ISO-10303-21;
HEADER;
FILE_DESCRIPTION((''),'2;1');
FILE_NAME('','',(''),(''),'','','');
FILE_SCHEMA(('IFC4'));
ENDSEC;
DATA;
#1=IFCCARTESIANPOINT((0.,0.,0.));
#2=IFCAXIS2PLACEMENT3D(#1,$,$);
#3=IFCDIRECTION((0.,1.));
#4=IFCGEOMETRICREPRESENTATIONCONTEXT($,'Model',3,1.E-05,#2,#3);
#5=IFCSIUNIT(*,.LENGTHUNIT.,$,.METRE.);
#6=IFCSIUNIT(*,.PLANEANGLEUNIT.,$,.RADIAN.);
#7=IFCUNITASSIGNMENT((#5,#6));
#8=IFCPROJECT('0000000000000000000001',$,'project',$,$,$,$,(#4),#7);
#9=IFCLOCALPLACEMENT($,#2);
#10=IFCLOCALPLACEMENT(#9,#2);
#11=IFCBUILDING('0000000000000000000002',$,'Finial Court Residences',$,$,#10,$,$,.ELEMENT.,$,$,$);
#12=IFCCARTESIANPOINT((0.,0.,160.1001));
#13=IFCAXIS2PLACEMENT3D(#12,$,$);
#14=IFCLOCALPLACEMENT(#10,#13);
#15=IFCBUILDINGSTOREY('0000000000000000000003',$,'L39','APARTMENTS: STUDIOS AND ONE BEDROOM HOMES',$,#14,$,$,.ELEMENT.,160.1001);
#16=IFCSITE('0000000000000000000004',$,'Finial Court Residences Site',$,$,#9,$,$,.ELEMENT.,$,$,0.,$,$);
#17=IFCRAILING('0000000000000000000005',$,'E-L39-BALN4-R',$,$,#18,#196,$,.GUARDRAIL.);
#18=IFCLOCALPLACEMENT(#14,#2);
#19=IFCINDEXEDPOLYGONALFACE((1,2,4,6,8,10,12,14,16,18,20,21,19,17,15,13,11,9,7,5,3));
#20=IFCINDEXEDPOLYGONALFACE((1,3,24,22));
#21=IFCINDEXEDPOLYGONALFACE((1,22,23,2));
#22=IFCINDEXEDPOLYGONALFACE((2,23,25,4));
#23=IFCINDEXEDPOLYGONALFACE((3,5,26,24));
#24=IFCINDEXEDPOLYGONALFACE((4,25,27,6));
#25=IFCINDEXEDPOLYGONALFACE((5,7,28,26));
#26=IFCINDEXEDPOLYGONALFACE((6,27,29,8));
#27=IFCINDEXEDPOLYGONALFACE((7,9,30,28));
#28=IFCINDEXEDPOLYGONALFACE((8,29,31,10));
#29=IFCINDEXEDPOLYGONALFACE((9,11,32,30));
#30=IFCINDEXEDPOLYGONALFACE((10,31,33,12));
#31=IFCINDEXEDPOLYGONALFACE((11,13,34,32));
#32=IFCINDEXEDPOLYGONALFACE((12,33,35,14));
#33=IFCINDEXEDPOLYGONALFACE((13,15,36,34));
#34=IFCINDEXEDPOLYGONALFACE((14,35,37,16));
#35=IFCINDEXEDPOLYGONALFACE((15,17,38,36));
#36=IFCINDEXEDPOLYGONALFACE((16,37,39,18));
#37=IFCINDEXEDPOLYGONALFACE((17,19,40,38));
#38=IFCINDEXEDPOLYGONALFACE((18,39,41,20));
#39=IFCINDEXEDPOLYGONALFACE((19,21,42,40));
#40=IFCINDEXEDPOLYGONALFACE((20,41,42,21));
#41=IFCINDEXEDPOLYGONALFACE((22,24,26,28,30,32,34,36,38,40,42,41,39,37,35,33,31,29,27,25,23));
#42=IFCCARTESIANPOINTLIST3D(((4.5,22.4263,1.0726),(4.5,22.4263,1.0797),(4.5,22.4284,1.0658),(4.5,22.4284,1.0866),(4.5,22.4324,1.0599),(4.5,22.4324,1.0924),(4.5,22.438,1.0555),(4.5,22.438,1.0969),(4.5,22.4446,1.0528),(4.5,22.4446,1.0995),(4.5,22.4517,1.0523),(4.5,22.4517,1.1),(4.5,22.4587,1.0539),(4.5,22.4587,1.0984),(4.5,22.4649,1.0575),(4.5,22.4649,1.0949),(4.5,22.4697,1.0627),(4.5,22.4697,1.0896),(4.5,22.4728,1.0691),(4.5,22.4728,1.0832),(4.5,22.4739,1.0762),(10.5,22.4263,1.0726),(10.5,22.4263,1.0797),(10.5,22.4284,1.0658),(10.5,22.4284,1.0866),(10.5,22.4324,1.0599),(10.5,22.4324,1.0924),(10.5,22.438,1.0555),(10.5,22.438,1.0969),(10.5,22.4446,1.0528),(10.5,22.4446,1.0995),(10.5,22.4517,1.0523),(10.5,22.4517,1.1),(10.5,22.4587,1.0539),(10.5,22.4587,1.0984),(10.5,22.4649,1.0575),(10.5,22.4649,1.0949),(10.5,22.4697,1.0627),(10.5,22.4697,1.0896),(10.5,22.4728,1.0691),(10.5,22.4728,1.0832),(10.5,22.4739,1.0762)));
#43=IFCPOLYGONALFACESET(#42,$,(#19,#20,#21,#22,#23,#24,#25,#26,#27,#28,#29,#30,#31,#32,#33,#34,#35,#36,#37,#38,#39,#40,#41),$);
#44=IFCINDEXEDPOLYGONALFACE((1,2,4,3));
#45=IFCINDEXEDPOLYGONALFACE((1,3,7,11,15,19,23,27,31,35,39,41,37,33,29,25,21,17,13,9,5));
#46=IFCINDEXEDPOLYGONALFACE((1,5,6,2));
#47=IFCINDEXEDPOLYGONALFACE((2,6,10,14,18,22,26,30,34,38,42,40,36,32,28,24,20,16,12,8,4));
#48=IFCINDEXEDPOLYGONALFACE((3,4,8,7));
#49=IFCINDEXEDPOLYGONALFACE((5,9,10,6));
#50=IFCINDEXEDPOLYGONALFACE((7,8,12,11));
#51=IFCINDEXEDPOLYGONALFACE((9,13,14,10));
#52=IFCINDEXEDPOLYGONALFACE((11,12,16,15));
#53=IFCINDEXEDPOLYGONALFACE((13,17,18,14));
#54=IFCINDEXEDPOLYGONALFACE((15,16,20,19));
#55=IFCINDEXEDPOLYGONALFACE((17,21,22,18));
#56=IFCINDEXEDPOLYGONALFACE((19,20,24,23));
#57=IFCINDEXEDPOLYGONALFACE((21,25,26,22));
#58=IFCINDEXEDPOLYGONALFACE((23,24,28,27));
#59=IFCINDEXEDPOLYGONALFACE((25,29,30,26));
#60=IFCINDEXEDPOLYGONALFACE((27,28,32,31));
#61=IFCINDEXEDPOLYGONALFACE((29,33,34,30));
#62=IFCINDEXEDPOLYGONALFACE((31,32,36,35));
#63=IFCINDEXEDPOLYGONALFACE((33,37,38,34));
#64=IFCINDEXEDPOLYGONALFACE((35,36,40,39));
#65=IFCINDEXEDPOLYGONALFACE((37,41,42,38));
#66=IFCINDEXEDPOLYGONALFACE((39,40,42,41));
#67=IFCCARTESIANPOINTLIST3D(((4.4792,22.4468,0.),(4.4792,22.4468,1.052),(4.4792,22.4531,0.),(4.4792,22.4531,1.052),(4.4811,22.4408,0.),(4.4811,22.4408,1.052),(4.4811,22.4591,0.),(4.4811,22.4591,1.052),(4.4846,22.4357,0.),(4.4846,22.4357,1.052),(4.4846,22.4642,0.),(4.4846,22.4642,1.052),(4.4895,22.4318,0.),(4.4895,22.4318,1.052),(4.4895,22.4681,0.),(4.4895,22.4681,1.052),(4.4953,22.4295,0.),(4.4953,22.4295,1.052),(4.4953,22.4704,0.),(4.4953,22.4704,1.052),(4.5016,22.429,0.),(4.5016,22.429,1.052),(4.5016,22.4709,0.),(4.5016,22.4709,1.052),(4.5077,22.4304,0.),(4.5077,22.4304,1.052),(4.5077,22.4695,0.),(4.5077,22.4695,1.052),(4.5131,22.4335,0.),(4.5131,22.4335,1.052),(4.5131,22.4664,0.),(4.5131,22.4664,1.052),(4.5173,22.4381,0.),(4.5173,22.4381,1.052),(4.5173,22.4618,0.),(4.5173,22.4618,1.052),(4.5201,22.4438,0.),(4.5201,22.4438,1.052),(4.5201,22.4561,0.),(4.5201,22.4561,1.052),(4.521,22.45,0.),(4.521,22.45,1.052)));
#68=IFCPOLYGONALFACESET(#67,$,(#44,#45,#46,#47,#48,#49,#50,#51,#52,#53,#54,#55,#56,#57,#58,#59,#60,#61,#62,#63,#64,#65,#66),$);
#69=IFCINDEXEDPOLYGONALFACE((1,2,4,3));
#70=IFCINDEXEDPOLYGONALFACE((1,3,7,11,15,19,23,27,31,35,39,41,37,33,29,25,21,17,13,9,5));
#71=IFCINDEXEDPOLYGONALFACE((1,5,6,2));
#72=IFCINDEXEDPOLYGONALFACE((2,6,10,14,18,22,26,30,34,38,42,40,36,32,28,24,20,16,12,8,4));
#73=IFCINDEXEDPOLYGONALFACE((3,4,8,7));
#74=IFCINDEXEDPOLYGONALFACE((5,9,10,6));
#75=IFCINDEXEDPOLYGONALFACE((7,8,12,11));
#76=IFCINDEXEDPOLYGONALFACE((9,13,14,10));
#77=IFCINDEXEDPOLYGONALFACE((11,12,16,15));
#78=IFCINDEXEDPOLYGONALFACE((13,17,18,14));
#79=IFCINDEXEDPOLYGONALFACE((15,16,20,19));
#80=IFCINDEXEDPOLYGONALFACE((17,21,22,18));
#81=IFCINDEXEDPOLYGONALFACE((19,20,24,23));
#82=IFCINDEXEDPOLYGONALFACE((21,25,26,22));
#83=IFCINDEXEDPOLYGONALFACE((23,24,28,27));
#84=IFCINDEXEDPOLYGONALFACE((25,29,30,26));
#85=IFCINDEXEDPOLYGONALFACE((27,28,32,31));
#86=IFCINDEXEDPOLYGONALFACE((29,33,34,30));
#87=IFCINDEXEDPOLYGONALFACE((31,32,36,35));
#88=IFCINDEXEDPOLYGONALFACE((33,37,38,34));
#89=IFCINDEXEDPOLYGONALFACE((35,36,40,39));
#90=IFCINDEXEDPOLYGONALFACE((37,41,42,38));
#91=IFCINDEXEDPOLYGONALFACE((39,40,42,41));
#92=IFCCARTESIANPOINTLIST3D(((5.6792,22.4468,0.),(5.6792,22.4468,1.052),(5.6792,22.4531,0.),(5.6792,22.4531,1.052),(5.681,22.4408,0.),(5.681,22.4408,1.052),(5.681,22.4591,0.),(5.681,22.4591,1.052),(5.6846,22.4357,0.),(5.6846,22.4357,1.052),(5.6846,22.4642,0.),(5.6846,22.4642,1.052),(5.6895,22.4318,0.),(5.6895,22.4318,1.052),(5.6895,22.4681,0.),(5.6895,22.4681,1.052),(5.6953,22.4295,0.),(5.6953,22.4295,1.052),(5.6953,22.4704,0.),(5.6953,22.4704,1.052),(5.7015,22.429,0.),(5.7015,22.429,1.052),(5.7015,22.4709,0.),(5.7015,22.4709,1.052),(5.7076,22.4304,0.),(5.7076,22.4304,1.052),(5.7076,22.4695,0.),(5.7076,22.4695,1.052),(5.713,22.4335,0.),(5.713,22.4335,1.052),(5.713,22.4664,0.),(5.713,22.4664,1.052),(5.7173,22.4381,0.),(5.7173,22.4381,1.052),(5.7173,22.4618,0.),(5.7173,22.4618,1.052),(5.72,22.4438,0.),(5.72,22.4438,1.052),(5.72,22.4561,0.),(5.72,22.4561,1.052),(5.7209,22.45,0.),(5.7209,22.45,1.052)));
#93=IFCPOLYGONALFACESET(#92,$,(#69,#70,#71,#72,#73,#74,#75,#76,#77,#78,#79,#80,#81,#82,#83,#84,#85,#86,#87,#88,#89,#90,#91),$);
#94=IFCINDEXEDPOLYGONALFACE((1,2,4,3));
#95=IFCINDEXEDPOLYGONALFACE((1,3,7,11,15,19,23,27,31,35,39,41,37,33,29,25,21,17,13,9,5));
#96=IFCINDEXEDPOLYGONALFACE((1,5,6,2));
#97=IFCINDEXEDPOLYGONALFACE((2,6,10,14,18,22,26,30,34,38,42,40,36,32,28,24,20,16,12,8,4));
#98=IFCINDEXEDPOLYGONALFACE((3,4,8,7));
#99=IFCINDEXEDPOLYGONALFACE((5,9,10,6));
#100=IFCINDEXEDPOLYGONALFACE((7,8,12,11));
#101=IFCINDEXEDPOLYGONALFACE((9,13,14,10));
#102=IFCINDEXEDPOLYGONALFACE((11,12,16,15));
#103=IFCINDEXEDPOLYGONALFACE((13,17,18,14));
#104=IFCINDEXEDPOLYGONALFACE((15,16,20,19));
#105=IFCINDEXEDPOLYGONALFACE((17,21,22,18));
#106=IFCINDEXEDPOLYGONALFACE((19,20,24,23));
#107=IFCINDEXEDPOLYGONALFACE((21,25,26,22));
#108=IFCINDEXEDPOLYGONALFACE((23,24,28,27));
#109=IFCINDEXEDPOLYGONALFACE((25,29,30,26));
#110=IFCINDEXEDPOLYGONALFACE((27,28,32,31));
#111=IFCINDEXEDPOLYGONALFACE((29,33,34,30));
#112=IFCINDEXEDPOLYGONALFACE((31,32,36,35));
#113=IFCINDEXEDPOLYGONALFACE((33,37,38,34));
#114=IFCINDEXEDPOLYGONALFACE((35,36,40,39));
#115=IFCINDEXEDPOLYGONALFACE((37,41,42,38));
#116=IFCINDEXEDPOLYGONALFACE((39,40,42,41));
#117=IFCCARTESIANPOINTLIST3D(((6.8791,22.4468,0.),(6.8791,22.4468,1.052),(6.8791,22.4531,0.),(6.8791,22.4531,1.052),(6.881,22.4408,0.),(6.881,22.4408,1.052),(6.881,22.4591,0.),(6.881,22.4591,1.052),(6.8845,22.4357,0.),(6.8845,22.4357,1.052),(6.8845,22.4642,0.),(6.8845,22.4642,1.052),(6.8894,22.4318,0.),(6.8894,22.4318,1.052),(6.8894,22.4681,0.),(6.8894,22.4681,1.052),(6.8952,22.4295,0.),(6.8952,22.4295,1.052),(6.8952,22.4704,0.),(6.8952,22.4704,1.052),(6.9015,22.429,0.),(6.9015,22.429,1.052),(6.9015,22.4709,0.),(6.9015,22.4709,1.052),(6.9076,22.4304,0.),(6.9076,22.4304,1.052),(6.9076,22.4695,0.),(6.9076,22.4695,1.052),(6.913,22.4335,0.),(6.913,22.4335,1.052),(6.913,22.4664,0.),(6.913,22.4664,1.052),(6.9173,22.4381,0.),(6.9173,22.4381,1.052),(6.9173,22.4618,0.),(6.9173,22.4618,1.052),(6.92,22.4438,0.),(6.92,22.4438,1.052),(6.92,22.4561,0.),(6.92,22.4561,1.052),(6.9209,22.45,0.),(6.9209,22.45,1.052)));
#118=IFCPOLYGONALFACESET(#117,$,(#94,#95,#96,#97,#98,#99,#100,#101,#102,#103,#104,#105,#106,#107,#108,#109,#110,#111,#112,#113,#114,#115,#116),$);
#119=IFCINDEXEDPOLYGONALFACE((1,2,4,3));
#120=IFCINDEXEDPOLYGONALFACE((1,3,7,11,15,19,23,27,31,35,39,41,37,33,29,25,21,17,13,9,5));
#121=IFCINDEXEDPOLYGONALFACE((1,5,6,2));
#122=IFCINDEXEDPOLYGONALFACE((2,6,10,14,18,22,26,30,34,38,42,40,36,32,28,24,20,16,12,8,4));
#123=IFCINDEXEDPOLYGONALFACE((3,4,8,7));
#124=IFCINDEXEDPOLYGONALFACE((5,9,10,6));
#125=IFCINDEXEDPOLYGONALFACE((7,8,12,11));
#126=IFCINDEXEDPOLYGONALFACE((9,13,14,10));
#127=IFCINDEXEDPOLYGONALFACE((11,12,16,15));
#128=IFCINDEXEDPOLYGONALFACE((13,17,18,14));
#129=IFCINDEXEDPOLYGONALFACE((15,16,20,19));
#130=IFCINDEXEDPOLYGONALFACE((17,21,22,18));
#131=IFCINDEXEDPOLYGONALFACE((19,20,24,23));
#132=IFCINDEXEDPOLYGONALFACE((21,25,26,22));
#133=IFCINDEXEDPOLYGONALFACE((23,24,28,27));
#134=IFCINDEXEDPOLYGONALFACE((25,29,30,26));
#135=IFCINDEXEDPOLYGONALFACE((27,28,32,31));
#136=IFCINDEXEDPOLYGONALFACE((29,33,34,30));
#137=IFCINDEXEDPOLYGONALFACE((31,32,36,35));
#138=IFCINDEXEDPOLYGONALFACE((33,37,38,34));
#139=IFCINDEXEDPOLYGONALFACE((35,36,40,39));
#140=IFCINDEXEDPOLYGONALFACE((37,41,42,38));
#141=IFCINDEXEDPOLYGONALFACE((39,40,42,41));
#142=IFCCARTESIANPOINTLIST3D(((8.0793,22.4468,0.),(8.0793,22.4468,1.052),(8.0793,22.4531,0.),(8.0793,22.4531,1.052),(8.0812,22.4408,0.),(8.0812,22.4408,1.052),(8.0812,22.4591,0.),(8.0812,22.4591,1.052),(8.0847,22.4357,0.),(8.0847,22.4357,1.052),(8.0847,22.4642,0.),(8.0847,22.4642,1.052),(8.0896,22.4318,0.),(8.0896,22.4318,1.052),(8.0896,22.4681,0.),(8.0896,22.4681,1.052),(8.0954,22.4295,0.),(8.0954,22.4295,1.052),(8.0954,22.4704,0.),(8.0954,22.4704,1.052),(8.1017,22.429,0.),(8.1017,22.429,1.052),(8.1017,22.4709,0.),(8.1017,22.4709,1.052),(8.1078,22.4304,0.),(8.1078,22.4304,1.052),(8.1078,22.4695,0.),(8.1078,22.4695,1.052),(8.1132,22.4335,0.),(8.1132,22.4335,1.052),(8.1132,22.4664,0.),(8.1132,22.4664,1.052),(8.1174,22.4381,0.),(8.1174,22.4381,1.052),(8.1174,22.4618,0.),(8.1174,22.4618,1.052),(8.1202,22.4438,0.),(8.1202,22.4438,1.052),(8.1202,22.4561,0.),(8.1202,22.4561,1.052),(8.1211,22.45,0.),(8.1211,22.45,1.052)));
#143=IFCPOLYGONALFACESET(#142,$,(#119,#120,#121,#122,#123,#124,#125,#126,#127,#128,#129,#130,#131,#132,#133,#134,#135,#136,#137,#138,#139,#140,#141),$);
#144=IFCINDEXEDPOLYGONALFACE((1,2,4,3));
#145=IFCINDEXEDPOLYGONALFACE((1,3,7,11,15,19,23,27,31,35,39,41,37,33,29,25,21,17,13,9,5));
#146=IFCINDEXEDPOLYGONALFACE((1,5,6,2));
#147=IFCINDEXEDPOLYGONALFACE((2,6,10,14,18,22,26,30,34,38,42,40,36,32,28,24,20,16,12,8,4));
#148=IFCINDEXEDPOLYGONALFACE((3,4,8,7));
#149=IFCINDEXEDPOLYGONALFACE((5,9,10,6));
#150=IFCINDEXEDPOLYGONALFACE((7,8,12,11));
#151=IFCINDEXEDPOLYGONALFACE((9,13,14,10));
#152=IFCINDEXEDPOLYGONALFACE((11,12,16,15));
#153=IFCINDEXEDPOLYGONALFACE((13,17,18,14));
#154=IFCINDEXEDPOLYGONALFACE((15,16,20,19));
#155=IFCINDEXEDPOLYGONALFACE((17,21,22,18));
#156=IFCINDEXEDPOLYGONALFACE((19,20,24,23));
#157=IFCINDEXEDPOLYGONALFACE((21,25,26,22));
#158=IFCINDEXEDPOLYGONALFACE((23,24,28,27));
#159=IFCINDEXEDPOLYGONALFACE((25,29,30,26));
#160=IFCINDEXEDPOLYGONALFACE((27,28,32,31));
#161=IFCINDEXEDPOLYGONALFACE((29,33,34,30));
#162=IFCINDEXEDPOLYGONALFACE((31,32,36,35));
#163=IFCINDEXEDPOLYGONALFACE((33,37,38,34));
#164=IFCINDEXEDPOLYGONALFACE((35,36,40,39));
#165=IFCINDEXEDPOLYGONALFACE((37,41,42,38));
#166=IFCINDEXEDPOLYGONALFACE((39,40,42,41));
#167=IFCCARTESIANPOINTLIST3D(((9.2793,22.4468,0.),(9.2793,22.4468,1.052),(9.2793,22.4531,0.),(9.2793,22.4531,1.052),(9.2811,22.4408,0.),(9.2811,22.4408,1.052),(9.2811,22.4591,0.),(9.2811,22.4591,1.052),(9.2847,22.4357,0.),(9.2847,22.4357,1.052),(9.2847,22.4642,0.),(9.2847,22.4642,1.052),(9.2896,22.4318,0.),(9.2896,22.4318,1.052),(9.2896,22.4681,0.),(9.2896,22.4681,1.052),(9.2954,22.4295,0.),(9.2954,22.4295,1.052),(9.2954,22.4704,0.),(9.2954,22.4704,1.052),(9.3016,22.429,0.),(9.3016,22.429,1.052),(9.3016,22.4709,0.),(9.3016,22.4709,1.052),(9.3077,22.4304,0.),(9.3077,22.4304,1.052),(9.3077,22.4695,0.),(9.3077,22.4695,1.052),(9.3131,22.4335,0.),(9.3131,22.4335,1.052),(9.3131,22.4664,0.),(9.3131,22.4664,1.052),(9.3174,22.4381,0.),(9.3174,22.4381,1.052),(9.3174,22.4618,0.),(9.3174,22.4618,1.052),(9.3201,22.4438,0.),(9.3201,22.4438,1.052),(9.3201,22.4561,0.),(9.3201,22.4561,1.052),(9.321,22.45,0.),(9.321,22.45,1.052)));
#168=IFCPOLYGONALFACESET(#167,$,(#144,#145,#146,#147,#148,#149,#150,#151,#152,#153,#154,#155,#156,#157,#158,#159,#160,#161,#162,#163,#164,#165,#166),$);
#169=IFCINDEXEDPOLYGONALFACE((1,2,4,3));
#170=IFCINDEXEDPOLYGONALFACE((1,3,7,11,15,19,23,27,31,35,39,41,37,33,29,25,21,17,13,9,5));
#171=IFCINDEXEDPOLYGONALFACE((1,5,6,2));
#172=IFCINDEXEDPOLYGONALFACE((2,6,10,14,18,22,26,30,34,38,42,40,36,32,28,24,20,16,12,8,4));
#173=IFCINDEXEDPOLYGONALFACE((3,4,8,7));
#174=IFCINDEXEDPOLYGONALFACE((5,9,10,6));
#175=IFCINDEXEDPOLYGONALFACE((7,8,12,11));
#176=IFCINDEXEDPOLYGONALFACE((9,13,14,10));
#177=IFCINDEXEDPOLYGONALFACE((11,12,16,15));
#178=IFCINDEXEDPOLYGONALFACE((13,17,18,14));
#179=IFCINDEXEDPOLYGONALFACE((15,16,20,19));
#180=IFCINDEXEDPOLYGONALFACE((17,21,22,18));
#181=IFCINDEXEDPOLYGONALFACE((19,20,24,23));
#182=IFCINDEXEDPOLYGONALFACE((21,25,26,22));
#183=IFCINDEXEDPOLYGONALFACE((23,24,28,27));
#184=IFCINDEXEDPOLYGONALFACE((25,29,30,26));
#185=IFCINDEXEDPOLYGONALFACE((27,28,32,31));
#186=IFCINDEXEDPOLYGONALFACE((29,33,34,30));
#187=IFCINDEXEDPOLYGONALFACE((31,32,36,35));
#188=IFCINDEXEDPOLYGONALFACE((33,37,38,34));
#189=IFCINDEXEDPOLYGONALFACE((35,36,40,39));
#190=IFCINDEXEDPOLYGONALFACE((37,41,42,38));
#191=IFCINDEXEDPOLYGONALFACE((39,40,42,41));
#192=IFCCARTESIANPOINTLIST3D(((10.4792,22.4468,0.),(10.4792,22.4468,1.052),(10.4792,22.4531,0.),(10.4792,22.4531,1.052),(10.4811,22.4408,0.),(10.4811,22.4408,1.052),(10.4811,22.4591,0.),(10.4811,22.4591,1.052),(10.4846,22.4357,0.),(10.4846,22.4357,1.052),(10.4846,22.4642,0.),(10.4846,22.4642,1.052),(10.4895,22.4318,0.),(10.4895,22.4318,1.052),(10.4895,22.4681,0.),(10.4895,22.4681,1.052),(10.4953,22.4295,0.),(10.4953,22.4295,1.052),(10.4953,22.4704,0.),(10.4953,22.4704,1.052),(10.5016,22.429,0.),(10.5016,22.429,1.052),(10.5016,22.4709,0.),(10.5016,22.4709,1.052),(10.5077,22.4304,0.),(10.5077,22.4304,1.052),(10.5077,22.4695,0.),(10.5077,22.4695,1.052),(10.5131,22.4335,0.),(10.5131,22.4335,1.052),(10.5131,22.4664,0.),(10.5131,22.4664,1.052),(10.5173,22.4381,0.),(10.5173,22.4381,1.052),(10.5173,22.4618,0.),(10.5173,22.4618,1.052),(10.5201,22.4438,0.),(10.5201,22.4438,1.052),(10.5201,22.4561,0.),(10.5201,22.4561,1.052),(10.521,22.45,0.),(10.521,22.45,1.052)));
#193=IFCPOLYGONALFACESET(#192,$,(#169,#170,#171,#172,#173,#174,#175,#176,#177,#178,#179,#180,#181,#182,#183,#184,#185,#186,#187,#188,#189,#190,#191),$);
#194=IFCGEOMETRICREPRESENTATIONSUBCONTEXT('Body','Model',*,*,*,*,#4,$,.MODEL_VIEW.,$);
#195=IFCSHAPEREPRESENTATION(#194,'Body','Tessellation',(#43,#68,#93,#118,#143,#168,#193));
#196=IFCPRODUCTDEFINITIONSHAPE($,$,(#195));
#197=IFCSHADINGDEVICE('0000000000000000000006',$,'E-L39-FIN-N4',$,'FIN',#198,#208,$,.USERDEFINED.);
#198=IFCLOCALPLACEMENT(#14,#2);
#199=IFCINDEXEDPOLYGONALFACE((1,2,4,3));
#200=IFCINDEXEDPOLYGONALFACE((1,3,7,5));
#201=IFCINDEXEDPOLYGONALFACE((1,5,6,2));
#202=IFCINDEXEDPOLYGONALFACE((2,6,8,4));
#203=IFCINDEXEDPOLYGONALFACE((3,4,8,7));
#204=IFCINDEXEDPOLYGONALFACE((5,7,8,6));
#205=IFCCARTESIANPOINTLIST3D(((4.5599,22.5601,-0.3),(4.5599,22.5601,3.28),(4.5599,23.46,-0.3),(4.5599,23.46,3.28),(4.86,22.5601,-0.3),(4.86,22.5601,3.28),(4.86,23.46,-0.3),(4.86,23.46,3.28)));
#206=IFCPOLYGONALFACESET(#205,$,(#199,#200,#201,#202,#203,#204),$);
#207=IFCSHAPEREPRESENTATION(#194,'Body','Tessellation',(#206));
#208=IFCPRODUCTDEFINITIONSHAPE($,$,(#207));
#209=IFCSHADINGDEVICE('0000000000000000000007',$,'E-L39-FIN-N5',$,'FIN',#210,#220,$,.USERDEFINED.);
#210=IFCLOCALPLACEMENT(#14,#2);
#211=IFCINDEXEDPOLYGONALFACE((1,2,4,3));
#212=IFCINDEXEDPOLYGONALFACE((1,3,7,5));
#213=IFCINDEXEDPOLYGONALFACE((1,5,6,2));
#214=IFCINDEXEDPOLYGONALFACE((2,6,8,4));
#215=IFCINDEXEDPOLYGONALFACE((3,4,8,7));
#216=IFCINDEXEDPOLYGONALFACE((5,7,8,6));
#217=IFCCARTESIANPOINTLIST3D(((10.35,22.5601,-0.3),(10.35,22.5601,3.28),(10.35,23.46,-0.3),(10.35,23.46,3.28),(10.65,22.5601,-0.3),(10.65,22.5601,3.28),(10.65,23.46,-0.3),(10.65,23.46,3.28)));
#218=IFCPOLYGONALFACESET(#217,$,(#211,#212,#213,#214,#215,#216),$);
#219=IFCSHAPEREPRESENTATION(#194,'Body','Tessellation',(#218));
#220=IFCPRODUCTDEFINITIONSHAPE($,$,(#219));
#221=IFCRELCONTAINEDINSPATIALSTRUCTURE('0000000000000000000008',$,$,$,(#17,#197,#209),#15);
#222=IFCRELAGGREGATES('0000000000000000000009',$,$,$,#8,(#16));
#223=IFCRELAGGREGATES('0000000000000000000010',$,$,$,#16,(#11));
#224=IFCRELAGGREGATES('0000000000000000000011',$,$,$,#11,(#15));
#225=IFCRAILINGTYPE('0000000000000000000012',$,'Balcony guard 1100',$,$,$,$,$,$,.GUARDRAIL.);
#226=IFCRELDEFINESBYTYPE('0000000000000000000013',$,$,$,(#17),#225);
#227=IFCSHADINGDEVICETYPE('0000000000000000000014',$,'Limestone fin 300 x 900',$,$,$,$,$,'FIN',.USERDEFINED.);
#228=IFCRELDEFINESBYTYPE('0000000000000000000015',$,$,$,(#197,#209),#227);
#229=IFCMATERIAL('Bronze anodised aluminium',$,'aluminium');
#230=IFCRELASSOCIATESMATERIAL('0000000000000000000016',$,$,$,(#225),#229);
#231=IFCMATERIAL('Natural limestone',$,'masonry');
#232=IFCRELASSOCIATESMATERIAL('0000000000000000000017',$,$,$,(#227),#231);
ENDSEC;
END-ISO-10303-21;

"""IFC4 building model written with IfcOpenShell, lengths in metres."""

from ifc_helpers import new_model, si_unit, direction, frame, origin, origin_2d, place, context, subcontext, project, spatial, rectangle, circle, extrude, material, type_object, element, save


model = new_model("IFC4")

# Units and contexts
model_context = context("Model", 3, precision=1e-05, world=origin(), true_north=direction((0.0, 1.0)))
body_context = subcontext(model_context, "Body", "Model", "MODEL_VIEW")
ifc_project = project(units=[si_unit("LENGTHUNIT", "METRE"), si_unit("PLANEANGLEUNIT", "RADIAN")], contexts=[model_context])

# Site, building, storey
site_placement = place(None, origin())
site = spatial("IfcSite", under=ifc_project, at=site_placement, Name="Finial Court Residences Site", CompositionType="ELEMENT", RefElevation=0.0)
building_placement = place(site_placement, origin())
building = spatial("IfcBuilding", under=site, at=building_placement, Name="Finial Court Residences", CompositionType="ELEMENT")
storey_placement = place(building_placement, frame((0.0, 0.0, 160.1001)))
storey = spatial("IfcBuildingStorey", under=building, at=storey_placement, Name="L39", Description="APARTMENTS: STUDIOS AND ONE BEDROOM HOMES", CompositionType="ELEMENT", Elevation=160.1001)

# Shared definitions
ifc_material_1 = material(Name="Bronze anodised aluminium", Category="aluminium")

# Shared definitions
ifc_material_2 = material(Name="Natural limestone", Category="masonry")

# Railing
railing_type = type_object("IfcRailingType", Name="Balcony guard 1100", PredefinedType="GUARDRAIL", material=ifc_material_1)
railing_placement = place(storey_placement, frame((4.5, 22.45, 0.0)))
element("IfcRailing", 1, at=railing_placement, inside=storey, type_object=railing_type, Name="E-L39-BALN4-R", PredefinedType="GUARDRAIL", context=body_context, shape_type="SweptSolid", body=[
    extrude(circle(Radius=0.0239, at=origin_2d()), frame((0.0, 0.0, 1.0762), z_axis=(1.0, 0.0, 0.0), x_axis=(0.0, 1.0, 0.0)), (0.0, 0.0, 1.0), 6.0),
    extrude(circle(Radius=0.021, at=origin_2d()), origin(), (0.0, 0.0, 1.0), 1.052),
    extrude(circle(Radius=0.021, at=origin_2d()), frame((1.2, 0.0, 0.0)), (0.0, 0.0, 1.0), 1.052),
    extrude(circle(Radius=0.021, at=origin_2d()), frame((2.3999, 0.0, 0.0)), (0.0, 0.0, 1.0), 1.052),
    extrude(circle(Radius=0.021, at=origin_2d()), frame((3.6001, 0.0, 0.0)), (0.0, 0.0, 1.0), 1.052),
    extrude(circle(Radius=0.021, at=origin_2d()), frame((4.8, 0.0, 0.0)), (0.0, 0.0, 1.0), 1.052),
    extrude(circle(Radius=0.021, at=origin_2d()), frame((6.0, 0.0, 0.0)), (0.0, 0.0, 1.0), 1.052),
])

# Shading devices
shading_device_type = type_object("IfcShadingDeviceType", Name="Limestone fin 300 x 900", ElementType="FIN", PredefinedType="USERDEFINED", material=ifc_material_2)
for number, where, z_axis, x_axis, name in (
    (2, (4.71, 23.01, -0.3), (0.0, 0.0, 1.0), (1.0, 0.0, 0.0), "E-L39-FIN-N4"),
    (3, (10.5, 23.01, -0.3), (0.0, 0.0, 1.0), (1.0, 0.0, 0.0), "E-L39-FIN-N5"),
):
    element("IfcShadingDevice", number, at=place(storey_placement, frame(where, z_axis=z_axis, x_axis=x_axis)), inside=storey, type_object=shading_device_type, Name=name, ObjectType="FIN", PredefinedType="USERDEFINED", context=body_context, shape_type="SweptSolid", body=[
        extrude(rectangle(XDim=0.3, YDim=0.8999, at=origin_2d()), origin(), (0.0, 0.0, 1.0), 3.5801),
    ])

save(model, "model.ifc")
